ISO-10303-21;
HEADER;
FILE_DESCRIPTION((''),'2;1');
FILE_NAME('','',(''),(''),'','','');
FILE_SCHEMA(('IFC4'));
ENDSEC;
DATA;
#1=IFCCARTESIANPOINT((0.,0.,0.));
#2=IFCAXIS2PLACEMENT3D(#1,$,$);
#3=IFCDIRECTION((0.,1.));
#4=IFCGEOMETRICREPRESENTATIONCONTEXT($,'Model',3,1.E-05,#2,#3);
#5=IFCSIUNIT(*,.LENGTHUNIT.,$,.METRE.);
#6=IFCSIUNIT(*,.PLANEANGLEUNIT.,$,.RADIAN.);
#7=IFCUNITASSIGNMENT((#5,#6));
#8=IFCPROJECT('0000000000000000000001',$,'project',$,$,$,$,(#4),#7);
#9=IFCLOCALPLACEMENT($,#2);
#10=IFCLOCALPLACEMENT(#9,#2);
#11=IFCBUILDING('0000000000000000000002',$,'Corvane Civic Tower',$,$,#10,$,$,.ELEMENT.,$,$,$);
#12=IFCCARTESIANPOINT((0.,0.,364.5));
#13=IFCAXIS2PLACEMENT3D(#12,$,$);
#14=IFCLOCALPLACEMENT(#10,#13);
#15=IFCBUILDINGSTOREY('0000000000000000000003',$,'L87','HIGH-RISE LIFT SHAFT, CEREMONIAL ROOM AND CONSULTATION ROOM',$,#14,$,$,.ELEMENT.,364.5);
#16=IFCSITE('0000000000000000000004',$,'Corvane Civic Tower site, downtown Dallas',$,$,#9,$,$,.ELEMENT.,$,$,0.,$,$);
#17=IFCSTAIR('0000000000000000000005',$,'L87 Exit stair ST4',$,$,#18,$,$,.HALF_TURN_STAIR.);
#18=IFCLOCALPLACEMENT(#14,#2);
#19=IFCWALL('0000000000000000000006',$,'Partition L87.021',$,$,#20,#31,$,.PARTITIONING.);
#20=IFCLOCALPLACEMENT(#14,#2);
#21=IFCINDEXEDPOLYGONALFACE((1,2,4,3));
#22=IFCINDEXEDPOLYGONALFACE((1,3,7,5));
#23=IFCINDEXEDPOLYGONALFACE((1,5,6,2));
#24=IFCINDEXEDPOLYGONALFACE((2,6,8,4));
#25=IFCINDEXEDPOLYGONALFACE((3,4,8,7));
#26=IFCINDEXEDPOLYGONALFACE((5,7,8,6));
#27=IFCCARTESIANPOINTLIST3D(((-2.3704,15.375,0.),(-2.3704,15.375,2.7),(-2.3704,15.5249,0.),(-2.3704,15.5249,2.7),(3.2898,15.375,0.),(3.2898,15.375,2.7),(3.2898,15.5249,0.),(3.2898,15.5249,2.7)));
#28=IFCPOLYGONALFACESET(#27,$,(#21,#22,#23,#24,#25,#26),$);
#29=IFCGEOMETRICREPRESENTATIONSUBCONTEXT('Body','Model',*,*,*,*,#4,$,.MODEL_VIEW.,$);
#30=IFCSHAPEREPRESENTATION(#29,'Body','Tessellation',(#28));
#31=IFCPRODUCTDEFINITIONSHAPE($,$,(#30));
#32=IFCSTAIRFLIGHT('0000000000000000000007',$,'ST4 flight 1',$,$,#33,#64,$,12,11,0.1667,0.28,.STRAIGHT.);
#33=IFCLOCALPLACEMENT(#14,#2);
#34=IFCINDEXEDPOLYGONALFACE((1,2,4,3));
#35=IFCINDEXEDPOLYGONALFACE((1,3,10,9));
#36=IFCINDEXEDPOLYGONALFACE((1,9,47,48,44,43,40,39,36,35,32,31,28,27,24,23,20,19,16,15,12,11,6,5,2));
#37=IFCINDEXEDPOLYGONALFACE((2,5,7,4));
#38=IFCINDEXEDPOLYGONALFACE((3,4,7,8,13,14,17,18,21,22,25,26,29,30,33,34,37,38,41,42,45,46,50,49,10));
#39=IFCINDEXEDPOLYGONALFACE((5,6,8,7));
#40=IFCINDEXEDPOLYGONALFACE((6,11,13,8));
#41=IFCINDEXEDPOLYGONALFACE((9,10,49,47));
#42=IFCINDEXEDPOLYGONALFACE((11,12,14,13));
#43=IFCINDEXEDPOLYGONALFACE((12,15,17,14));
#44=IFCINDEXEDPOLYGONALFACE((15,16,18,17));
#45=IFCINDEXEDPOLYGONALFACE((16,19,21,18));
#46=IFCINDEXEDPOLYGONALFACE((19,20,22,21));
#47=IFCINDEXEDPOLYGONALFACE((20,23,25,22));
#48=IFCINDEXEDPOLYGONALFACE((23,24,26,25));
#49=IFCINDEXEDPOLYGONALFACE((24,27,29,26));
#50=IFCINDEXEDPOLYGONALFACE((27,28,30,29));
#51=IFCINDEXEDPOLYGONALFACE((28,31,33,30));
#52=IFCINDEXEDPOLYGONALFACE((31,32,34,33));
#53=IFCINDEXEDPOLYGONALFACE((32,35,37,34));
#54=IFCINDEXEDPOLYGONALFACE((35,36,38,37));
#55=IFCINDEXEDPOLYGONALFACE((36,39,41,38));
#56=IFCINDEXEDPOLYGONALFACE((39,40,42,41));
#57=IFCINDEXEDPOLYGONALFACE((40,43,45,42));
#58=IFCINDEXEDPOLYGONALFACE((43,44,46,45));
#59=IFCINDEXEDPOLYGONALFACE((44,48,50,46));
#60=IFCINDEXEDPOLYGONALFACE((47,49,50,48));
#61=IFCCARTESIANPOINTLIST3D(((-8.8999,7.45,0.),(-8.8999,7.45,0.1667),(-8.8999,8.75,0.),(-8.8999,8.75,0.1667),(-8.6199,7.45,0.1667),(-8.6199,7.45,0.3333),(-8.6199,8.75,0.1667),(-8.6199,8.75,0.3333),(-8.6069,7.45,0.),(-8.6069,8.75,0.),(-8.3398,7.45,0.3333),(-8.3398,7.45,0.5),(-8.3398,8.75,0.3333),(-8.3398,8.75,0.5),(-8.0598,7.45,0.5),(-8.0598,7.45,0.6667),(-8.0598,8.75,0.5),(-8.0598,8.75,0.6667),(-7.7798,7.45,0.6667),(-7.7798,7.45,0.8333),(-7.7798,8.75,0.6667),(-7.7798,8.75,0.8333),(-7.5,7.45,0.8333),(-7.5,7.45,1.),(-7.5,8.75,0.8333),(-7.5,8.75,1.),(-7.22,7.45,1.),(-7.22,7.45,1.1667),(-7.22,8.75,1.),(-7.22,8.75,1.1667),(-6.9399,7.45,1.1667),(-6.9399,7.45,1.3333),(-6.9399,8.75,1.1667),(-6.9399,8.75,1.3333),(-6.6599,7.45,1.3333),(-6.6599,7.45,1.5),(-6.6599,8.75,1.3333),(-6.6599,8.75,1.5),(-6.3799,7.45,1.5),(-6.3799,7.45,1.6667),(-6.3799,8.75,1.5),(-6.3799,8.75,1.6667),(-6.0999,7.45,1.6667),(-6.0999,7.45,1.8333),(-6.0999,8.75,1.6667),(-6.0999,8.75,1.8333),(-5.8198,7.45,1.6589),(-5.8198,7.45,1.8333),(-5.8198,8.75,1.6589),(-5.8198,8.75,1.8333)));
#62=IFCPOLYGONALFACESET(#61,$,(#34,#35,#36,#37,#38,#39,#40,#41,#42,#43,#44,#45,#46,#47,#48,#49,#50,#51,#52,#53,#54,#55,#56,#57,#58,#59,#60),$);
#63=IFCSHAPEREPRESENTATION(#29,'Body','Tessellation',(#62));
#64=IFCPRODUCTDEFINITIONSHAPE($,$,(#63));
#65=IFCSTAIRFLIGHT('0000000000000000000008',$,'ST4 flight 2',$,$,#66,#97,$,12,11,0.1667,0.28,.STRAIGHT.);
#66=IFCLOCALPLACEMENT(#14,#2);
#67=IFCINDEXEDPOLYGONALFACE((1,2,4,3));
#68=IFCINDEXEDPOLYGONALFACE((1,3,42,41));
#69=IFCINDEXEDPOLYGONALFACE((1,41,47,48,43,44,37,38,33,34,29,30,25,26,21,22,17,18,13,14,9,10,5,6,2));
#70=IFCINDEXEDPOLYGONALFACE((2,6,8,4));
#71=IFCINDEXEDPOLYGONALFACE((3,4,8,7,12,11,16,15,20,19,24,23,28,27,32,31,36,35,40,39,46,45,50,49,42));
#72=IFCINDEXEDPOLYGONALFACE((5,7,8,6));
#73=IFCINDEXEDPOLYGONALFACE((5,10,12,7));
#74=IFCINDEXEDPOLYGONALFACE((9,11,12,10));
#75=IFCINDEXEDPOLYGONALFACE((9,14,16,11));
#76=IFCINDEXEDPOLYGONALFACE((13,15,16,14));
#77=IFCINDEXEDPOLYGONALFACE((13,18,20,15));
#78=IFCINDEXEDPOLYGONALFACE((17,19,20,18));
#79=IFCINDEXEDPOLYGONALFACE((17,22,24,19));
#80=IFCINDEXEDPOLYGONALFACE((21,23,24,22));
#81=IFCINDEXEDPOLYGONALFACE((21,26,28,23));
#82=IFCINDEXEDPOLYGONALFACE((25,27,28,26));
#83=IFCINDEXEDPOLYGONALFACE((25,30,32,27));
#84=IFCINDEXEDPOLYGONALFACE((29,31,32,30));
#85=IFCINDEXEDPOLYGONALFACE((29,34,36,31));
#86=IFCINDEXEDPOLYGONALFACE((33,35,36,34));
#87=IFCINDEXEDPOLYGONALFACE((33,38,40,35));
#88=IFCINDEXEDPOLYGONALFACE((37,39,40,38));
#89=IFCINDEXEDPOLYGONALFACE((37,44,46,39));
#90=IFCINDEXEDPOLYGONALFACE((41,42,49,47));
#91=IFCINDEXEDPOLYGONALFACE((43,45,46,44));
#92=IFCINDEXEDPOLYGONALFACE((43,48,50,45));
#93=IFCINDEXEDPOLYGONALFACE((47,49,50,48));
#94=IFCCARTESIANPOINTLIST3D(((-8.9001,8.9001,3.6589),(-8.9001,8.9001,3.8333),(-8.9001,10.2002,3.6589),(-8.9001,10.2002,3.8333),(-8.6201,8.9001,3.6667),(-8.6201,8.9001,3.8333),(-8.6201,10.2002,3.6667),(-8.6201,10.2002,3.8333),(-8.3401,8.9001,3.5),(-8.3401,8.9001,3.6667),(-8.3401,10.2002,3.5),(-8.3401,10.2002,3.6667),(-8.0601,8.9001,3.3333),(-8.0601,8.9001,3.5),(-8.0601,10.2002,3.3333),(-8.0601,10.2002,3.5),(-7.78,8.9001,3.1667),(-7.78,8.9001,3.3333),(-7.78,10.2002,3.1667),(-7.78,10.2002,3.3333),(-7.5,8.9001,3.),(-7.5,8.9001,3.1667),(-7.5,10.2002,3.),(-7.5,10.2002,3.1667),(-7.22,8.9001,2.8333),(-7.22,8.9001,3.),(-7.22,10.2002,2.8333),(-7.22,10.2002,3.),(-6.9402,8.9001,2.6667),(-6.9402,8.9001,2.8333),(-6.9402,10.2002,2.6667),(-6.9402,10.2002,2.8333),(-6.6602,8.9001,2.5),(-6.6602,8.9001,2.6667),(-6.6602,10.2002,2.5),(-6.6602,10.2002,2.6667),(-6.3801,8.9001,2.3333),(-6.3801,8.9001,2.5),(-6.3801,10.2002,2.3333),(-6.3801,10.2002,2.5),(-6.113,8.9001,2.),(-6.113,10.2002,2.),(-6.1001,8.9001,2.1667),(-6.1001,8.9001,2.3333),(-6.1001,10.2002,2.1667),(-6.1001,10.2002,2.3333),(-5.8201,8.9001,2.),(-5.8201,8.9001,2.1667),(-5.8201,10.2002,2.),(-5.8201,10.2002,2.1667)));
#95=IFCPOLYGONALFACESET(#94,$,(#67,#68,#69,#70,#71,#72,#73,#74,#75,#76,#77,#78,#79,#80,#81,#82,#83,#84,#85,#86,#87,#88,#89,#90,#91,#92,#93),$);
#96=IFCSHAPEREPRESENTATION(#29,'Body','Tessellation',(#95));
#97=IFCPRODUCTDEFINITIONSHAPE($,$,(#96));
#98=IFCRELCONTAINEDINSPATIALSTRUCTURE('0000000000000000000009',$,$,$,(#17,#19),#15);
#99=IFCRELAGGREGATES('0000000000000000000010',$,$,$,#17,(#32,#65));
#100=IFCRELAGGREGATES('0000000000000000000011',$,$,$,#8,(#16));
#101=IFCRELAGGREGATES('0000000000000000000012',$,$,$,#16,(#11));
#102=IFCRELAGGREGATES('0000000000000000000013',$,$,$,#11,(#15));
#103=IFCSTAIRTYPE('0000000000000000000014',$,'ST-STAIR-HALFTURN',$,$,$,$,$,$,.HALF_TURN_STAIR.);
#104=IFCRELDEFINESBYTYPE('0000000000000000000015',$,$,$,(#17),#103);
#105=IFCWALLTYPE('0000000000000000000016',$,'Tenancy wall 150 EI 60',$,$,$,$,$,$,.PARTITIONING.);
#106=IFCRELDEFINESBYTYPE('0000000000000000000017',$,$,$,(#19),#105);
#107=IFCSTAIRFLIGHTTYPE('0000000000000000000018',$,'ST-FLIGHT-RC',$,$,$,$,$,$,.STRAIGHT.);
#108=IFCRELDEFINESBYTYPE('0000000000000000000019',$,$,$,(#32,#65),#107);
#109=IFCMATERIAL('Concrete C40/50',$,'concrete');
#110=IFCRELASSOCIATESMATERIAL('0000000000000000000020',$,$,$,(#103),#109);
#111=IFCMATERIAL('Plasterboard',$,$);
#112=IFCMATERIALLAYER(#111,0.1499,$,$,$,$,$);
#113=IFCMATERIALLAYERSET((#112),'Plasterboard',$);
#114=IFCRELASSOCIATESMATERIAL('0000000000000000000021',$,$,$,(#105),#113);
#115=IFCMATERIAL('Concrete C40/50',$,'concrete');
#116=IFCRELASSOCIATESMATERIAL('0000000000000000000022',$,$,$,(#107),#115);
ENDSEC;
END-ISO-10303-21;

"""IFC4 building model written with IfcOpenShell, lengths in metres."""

from ifc_helpers import new_model, si_unit, direction, frame, frame_2d, origin, place, context, subcontext, project, spatial, polyline, rectangle, outline, extrude, material, layer, layer_set, type_object, element, aggregate, save


model = new_model("IFC4")

# Units and contexts
model_context = context("Model", 3, precision=1e-05, world=origin(), true_north=direction((0.0, 1.0)))
body_context = subcontext(model_context, "Body", "Model", "MODEL_VIEW")
ifc_project = project(units=[si_unit("LENGTHUNIT", "METRE"), si_unit("PLANEANGLEUNIT", "RADIAN")], contexts=[model_context])

# Site, building, storey
site_placement = place(None, origin())
site = spatial("IfcSite", under=ifc_project, at=site_placement, Name="Corvane Civic Tower site, downtown Dallas", CompositionType="ELEMENT", RefElevation=0.0)
building_placement = place(site_placement, origin())
building = spatial("IfcBuilding", under=site, at=building_placement, Name="Corvane Civic Tower", CompositionType="ELEMENT")
storey_placement = place(building_placement, frame((0.0, 0.0, 364.5)))
storey = spatial("IfcBuildingStorey", under=building, at=storey_placement, Name="L87", Description="HIGH-RISE LIFT SHAFT, CEREMONIAL ROOM AND CONSULTATION ROOM", CompositionType="ELEMENT", Elevation=364.5)

# Stair
ifc_material_1 = material(Name="Concrete C40/50", Category="concrete")
stair_type = type_object("IfcStairType", Name="ST-STAIR-HALFTURN", PredefinedType="HALF_TURN_STAIR", material=ifc_material_1)
stair_1_placement = place(storey_placement, origin())
stair_1 = element("IfcStair", 1, at=stair_1_placement, inside=storey, type_object=stair_type, Name="L87 Exit stair ST4", PredefinedType="HALF_TURN_STAIR")

# Wall
ifc_material_2 = material(Name="Plasterboard")
ifc_layer_1 = layer(ifc_material_2, 0.1499)
ifc_layer_set_1 = layer_set([ifc_layer_1], Name="Plasterboard")
wall_type_1 = type_object("IfcWallType", Name="Tenancy wall 150 EI 60", PredefinedType="PARTITIONING", material=ifc_layer_set_1)
wall_1_placement = place(storey_placement, frame((-2.3704, 15.45, 0.0), z_axis=(0.0, 0.0, 1.0), x_axis=(1.0, 0.0, 0.0)))
element("IfcWall", 2, at=wall_1_placement, inside=storey, type_object=wall_type_1, Name="Partition L87.021", PredefinedType="PARTITIONING", context=body_context, shape_type="SweptSolid", body=[
    extrude(rectangle(XDim=5.6602, YDim=0.1499, at=frame_2d((2.8301, 0.0))), origin(), (0.0, 0.0, 1.0), 2.7),
])

# Stair flights
ifc_material_3 = material(Name="Concrete C40/50", Category="concrete")
stair_flight_type = type_object("IfcStairFlightType", Name="ST-FLIGHT-RC", PredefinedType="STRAIGHT", material=ifc_material_3)
stair_flight_1_placement = place(storey_placement, frame((-8.8999, 8.1001, 0.0), z_axis=(0.0, 0.0, 1.0), x_axis=(1.0, 0.0, 0.0)))
stair_flight_1 = element("IfcStairFlight", 3, at=stair_flight_1_placement, type_object=stair_flight_type, Name="ST4 flight 1", NumberOfRisers=12, NumberOfTreads=11, PredefinedType="STRAIGHT", RiserHeight=0.1667, TreadLength=0.28, context=body_context, shape_type="SweptSolid", body=[
    extrude(outline(polyline([(0.0, 0.0), (0.0, 0.1667), (0.28, 0.1667), (0.28, 0.3333), (0.5601, 0.3333), (0.5601, 0.5), (0.8401, 0.5), (0.8401, 0.6667), (1.1201, 0.6667), (1.1201, 0.8333), (1.3999, 0.8333), (1.3999, 1.0), (1.6799, 1.0), (1.6799, 1.1667), (1.96, 1.1667), (1.96, 1.3333), (2.24, 1.3333), (2.24, 1.5), (2.52, 1.5), (2.52, 1.6667), (2.8, 1.6667), (2.8, 1.8333), (3.0801, 1.8333), (3.0801, 2.0), (3.0801, 1.6589), (0.293, 0.0), (0.0, 0.0)])), frame((0.0, 0.6499, 0.0), z_axis=(0.0, -1.0, 0.0), x_axis=(1.0, 0.0, 0.0)), (0.0, 0.0, 1.0), 1.3),
])
stair_flight_2_placement = place(storey_placement, frame((-5.8201, 9.55, 2.0), z_axis=(0.0, 0.0, 1.0), x_axis=(-1.0, 0.0, 0.0)))
stair_flight_2 = element("IfcStairFlight", 4, at=stair_flight_2_placement, type_object=stair_flight_type, Name="ST4 flight 2", NumberOfRisers=12, NumberOfTreads=11, PredefinedType="STRAIGHT", RiserHeight=0.1667, TreadLength=0.28, context=body_context, shape_type="SweptSolid", body=[
    extrude(outline(polyline([(0.0, 0.0), (0.0, 0.1667), (0.28, 0.1667), (0.28, 0.3333), (0.5601, 0.3333), (0.5601, 0.5), (0.8401, 0.5), (0.8401, 0.6667), (1.1201, 0.6667), (1.1201, 0.8333), (1.3999, 0.8333), (1.3999, 1.0), (1.6799, 1.0), (1.6799, 1.1667), (1.96, 1.1667), (1.96, 1.3333), (2.24, 1.3333), (2.24, 1.5), (2.52, 1.5), (2.52, 1.6667), (2.8, 1.6667), (2.8, 1.8333), (3.0801, 1.8333), (3.0801, 2.0), (3.0801, 1.6589), (0.293, 0.0), (0.0, 0.0)])), frame((0.0, 0.6499, 0.0), z_axis=(0.0, -1.0, 0.0), x_axis=(1.0, 0.0, 0.0)), (0.0, 0.0, 1.0), 1.3),
])
aggregate(stair_1, [stair_flight_1, stair_flight_2])

save(model, "model.ifc")
